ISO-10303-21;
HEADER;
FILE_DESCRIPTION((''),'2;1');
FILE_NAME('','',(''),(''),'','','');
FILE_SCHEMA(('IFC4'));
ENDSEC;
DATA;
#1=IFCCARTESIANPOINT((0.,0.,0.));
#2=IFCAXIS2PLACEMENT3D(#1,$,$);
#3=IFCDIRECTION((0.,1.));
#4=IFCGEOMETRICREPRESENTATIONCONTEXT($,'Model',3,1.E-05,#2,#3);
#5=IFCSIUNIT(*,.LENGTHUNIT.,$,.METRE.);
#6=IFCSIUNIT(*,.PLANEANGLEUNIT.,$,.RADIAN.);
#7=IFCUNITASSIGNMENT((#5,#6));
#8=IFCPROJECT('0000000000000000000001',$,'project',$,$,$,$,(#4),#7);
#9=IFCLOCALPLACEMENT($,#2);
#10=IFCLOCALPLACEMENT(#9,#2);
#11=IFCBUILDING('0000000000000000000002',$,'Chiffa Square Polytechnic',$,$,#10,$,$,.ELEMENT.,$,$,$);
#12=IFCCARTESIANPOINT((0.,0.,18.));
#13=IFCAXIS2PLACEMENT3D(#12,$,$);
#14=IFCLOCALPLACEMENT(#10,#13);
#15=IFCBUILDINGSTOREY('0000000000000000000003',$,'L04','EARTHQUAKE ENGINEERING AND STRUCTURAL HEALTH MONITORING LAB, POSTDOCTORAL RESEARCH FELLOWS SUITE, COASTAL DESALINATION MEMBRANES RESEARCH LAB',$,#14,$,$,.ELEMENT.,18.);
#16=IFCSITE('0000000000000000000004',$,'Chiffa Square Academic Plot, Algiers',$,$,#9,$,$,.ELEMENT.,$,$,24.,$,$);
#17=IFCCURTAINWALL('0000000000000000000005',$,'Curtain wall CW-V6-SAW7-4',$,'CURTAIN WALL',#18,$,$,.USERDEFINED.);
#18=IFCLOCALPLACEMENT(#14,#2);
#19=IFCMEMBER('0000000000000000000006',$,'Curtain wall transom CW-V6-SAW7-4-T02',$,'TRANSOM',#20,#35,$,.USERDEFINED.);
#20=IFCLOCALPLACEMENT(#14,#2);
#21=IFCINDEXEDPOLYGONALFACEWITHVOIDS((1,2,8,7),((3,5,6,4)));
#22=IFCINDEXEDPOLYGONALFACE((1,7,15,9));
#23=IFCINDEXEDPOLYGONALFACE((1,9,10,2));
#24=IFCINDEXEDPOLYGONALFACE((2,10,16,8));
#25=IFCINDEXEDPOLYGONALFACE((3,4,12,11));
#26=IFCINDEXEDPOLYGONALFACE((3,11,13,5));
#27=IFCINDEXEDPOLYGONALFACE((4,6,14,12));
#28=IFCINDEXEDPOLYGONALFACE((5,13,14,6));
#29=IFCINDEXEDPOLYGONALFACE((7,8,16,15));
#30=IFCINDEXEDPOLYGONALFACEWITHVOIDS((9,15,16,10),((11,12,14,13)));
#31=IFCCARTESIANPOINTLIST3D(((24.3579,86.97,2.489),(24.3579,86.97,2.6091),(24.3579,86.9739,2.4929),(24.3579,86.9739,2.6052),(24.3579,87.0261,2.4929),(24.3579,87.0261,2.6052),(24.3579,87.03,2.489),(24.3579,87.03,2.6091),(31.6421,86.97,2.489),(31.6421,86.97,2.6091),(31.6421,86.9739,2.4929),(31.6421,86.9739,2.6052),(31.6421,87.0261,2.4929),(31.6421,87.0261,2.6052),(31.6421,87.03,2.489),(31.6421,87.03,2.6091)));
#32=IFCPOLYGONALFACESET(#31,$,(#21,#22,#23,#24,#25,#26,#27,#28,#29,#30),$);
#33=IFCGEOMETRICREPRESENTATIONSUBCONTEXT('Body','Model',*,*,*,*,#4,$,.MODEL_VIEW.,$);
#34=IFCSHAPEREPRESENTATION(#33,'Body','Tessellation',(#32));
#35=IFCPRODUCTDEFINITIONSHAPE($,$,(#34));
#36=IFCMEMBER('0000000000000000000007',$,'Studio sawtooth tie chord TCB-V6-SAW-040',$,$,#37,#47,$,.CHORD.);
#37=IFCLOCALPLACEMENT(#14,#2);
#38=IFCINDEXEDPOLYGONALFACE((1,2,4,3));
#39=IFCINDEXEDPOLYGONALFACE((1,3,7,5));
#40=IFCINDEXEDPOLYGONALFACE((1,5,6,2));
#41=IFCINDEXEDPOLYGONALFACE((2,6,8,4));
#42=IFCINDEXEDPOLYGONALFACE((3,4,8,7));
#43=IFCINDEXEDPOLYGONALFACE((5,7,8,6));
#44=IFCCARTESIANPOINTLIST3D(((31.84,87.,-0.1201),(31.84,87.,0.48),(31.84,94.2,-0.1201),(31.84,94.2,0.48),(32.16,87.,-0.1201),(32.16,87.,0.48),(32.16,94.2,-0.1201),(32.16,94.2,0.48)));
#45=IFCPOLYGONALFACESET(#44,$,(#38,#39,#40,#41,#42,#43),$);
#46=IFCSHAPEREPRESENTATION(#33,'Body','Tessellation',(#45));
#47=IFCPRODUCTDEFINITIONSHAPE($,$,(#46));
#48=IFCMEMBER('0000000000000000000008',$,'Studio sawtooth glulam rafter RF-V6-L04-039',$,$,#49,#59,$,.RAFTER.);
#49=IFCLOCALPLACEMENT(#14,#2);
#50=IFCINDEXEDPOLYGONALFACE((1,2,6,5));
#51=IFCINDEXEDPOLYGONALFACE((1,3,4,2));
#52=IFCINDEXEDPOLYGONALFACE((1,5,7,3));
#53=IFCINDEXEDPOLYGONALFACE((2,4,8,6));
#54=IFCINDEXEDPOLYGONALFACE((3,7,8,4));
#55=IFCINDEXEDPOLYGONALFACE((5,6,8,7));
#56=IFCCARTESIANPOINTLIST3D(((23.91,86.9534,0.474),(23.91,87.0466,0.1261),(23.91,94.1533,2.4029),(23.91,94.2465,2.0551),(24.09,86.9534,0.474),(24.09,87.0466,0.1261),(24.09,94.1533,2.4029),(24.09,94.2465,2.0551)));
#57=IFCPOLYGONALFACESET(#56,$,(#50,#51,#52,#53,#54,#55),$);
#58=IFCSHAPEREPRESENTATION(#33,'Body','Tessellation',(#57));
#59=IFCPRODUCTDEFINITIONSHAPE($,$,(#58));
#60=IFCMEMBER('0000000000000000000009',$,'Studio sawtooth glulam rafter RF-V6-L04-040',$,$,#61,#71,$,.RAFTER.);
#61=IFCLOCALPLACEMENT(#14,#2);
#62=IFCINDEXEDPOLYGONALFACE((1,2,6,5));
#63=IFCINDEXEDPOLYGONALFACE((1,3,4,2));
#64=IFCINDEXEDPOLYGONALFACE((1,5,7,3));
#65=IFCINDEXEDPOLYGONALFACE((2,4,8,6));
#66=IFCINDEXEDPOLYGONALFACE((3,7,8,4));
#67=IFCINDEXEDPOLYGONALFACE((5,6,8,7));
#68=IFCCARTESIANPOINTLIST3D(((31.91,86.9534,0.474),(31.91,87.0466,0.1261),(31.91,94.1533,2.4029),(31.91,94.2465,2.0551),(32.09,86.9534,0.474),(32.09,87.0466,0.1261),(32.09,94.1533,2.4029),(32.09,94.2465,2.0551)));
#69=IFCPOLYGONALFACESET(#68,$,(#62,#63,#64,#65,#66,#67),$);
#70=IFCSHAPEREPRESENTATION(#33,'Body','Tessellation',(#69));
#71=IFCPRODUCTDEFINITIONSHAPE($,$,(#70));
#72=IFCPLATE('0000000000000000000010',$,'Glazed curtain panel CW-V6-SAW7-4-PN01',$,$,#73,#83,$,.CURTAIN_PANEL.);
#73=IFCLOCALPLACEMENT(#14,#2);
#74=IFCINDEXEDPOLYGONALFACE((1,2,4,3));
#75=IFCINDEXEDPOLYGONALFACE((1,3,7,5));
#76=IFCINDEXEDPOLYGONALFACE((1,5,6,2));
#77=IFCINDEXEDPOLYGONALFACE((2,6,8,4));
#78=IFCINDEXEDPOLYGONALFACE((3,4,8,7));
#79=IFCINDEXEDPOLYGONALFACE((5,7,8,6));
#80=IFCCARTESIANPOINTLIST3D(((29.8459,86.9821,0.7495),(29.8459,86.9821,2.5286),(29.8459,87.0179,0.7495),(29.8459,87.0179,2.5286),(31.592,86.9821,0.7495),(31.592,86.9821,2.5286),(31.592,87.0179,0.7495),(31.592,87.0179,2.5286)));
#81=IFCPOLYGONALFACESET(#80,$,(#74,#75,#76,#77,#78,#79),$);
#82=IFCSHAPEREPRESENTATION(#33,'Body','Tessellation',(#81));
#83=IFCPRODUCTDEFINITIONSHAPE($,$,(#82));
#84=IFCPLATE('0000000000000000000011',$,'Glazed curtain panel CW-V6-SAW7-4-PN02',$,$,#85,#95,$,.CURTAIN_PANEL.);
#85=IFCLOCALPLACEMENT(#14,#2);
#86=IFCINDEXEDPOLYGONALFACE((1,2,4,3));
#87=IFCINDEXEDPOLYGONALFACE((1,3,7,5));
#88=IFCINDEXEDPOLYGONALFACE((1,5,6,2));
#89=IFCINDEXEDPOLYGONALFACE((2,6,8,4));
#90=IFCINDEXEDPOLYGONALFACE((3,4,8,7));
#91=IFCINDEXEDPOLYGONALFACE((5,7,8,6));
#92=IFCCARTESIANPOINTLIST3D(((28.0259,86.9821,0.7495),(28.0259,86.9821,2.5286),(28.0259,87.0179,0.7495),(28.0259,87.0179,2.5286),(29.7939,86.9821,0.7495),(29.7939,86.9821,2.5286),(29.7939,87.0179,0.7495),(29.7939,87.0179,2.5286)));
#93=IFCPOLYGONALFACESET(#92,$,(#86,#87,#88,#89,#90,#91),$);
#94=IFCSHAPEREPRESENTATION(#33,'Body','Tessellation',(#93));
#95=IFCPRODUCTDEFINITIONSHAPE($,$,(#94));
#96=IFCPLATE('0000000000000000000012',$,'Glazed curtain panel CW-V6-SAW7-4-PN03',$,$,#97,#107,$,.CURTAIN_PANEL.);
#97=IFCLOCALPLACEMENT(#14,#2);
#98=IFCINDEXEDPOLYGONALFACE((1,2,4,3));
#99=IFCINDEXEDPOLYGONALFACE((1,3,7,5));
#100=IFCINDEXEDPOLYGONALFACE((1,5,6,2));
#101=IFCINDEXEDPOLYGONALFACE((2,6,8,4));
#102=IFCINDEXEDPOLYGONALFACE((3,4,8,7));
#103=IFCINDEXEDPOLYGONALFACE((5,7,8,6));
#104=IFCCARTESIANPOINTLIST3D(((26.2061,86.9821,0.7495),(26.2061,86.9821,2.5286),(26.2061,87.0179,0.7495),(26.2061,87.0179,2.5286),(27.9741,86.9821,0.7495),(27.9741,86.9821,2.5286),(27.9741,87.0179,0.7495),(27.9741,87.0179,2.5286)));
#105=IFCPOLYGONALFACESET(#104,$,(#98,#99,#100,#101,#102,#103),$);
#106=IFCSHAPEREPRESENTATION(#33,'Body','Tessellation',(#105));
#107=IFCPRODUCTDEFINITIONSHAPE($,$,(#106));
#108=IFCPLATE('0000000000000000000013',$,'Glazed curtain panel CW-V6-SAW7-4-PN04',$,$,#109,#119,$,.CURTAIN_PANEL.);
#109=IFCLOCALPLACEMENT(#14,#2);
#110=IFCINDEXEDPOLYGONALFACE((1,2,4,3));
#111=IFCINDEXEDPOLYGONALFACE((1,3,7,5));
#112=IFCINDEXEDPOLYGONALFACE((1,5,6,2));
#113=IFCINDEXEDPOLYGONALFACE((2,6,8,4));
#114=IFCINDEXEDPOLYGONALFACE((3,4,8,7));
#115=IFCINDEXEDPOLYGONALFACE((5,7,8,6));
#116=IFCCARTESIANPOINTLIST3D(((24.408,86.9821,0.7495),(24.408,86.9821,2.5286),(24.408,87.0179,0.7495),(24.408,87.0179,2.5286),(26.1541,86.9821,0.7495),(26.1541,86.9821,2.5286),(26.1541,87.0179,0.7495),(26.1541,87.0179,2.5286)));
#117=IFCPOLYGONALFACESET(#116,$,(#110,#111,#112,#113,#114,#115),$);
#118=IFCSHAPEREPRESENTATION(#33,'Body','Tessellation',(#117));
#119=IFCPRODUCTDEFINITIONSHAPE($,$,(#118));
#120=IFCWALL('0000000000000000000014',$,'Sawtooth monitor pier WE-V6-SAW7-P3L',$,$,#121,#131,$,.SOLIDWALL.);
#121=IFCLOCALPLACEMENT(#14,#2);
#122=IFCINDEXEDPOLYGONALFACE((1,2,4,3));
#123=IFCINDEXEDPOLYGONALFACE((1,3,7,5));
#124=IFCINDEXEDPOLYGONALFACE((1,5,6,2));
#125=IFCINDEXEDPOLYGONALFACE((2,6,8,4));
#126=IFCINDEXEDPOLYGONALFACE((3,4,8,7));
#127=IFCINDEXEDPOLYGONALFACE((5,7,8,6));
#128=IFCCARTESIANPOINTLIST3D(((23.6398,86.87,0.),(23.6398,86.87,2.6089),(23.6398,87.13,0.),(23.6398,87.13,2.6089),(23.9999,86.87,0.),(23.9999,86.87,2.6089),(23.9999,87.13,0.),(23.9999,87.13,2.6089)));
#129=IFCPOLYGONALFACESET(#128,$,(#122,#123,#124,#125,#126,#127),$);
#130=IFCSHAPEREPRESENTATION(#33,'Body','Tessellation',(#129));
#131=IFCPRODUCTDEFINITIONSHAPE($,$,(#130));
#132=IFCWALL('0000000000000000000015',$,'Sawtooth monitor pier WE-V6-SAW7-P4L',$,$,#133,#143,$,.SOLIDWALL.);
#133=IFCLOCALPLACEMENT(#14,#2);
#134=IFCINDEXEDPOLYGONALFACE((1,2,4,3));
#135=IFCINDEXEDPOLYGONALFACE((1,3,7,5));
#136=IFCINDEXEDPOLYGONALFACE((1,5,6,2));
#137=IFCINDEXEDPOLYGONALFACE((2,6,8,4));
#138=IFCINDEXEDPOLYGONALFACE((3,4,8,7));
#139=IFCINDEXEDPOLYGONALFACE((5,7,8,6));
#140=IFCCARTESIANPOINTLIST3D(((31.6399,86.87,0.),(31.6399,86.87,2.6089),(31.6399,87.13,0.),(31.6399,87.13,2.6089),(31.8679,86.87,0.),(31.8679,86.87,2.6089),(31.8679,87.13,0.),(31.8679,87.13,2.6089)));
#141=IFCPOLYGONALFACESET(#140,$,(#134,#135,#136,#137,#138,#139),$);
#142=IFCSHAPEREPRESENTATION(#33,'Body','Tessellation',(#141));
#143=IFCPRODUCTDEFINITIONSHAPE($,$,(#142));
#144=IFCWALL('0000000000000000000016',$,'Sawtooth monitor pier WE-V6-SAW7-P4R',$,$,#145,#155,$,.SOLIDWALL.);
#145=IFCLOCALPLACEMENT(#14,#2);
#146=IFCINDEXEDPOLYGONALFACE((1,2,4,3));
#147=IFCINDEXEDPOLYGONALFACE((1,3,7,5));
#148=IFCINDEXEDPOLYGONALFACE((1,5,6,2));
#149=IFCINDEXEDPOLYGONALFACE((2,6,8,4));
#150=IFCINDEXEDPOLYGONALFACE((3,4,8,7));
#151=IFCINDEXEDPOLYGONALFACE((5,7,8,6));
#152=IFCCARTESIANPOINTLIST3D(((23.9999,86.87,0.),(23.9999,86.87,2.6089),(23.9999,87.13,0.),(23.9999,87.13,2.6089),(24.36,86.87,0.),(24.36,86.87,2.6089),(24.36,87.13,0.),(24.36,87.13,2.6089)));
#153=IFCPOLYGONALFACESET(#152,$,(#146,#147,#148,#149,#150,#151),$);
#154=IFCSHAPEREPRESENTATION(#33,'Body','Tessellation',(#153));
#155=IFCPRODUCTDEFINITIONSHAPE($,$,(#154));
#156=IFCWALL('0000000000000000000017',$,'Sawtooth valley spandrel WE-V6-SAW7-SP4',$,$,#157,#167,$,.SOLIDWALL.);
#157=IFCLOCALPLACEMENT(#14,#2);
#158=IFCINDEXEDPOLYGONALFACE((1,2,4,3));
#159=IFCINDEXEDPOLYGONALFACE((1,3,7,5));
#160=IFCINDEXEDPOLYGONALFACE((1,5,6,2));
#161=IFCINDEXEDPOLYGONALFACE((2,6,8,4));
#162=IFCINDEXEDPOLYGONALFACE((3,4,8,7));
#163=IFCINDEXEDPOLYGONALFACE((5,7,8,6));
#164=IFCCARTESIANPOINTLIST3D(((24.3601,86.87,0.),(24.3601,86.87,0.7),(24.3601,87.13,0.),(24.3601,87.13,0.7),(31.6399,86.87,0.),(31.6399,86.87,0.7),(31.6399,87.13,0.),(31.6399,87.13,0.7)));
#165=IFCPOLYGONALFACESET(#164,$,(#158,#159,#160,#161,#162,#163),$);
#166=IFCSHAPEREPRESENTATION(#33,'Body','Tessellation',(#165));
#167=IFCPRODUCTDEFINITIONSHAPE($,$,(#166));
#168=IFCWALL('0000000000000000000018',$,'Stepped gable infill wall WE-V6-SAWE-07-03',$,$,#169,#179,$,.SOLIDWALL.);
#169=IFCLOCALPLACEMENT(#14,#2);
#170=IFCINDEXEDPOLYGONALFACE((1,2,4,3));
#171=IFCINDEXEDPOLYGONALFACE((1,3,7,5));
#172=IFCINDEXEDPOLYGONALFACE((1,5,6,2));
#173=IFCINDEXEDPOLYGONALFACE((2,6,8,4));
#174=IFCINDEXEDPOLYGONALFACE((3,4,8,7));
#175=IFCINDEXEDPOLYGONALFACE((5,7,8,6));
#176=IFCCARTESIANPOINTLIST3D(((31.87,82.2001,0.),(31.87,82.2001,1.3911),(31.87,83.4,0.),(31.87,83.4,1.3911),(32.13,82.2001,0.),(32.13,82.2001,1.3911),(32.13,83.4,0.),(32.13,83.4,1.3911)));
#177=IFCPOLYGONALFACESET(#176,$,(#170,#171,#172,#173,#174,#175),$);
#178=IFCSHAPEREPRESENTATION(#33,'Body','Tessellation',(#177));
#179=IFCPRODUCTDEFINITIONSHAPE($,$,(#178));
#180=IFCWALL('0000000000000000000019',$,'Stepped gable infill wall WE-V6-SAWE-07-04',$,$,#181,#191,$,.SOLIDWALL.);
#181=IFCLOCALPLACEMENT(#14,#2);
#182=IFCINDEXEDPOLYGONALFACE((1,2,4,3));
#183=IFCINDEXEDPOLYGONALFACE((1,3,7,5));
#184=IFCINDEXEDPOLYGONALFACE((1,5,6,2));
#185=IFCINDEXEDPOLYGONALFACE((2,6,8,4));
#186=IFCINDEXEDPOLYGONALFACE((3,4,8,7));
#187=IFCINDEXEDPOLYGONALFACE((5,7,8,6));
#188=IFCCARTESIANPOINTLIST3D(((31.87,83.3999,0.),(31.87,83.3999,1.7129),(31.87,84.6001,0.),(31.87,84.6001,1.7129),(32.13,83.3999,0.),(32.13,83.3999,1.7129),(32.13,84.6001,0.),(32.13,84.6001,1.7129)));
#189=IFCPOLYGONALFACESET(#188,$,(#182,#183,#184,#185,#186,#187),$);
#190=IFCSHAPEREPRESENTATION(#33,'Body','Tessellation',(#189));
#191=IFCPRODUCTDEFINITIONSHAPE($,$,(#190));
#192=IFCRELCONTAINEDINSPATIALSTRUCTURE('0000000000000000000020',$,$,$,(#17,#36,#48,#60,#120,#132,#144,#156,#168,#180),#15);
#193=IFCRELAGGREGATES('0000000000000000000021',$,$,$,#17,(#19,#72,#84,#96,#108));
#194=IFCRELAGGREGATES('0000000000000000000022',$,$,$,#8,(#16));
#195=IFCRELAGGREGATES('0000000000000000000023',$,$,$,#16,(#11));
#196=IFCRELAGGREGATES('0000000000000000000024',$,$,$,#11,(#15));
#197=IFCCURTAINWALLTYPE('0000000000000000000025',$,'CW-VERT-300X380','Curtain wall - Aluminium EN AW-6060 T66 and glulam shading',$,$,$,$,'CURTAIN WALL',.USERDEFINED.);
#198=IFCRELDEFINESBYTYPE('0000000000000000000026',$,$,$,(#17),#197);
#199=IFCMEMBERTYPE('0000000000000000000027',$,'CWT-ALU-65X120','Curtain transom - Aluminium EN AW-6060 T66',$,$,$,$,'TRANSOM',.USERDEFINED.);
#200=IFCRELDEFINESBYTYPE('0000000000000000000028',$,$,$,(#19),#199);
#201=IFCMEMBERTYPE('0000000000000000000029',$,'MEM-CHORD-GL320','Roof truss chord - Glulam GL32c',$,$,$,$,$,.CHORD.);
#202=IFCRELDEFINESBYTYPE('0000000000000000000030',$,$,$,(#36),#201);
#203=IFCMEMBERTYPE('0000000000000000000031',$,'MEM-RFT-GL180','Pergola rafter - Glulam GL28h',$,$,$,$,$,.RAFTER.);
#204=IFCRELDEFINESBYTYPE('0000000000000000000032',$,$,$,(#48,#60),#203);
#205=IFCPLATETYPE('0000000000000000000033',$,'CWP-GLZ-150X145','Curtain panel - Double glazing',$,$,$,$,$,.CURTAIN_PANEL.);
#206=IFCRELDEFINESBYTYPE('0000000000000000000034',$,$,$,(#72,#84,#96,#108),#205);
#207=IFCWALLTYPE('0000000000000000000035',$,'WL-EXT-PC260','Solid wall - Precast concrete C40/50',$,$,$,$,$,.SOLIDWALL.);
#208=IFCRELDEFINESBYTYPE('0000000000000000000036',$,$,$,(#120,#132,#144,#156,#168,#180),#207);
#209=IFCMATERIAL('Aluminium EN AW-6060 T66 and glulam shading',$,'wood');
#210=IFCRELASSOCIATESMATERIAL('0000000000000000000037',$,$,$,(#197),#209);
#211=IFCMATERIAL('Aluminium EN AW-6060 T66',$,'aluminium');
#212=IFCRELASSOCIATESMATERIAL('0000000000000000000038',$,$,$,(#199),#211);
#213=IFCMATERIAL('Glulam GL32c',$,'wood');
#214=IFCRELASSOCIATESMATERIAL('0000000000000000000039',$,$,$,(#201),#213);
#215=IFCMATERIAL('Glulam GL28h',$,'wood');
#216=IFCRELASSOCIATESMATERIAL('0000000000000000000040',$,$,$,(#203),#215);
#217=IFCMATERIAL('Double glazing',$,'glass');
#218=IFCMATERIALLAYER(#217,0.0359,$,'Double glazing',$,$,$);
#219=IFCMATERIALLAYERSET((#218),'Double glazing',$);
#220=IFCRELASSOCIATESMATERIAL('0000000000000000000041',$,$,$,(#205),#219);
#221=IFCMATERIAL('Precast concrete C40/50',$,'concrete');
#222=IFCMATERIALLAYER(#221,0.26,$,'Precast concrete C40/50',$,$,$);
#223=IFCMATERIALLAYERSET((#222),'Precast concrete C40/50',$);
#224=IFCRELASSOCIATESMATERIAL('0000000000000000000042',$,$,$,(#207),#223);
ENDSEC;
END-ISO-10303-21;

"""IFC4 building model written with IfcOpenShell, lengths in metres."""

from ifc_helpers import new_model, si_unit, direction, frame, frame_2d, origin, origin_2d, place, context, subcontext, project, spatial, rectangle, hollow_rectangle, extrude, material, layer, layer_set, material_profile, profile_set, type_object, element, aggregate, save


model = new_model("IFC4")

# Units and contexts
model_context = context("Model", 3, precision=1e-05, world=origin(), true_north=direction((0.0, 1.0)))
body_context = subcontext(model_context, "Body", "Model", "MODEL_VIEW")
ifc_project = project(units=[si_unit("LENGTHUNIT", "METRE"), si_unit("PLANEANGLEUNIT", "RADIAN")], contexts=[model_context])

# Site, building, storey
site_placement = place(None, origin())
site = spatial("IfcSite", under=ifc_project, at=site_placement, Name="Chiffa Square Academic Plot, Algiers", CompositionType="ELEMENT", RefElevation=24.0)
building_placement = place(site_placement, origin())
building = spatial("IfcBuilding", under=site, at=building_placement, Name="Chiffa Square Polytechnic", CompositionType="ELEMENT")
storey_placement = place(building_placement, frame((0.0, 0.0, 18.0)))
storey = spatial("IfcBuildingStorey", under=building, at=storey_placement, Name="L04", Description="EARTHQUAKE ENGINEERING AND STRUCTURAL HEALTH MONITORING LAB, POSTDOCTORAL RESEARCH FELLOWS SUITE, COASTAL DESALINATION MEMBRANES RESEARCH LAB", CompositionType="ELEMENT", Elevation=18.0)

# Shared definitions
ifc_material_1 = material(Name="Glulam GL32c", Category="wood")

# Curtain wall, member
ifc_material_2 = material(Name="Aluminium EN AW-6060 T66 and glulam shading", Category="wood")
curtain_wall_type = type_object("IfcCurtainWallType", Name="CW-VERT-300X380", Description="Curtain wall - Aluminium EN AW-6060 T66 and glulam shading", ElementType="CURTAIN WALL", PredefinedType="USERDEFINED", material=ifc_material_2)
curtain_wall_placement = place(storey_placement, origin())
curtain_wall = element("IfcCurtainWall", 1, at=curtain_wall_placement, inside=storey, type_object=curtain_wall_type, Name="Curtain wall CW-V6-SAW7-4", ObjectType="CURTAIN WALL", PredefinedType="USERDEFINED")
ifc_material_3 = material(Name="Aluminium EN AW-6060 T66", Category="aluminium")
ifc_material_4 = material(Name="Glulam GL28h", Category="wood")
ifc_material_profile_1 = material_profile(ifc_material_3, hollow_rectangle(XDim=0.0601, YDim=0.1201, WallThickness=0.0039, at=origin_2d()), Name="ALU 60x120x4")
ifc_profile_set_1 = profile_set([ifc_material_profile_1], Name="Aluminium EN AW-6060 T66")
member_type_1 = type_object("IfcMemberType", Name="CWT-ALU-65X120", Description="Curtain transom - Aluminium EN AW-6060 T66", ElementType="TRANSOM", PredefinedType="USERDEFINED", material=ifc_profile_set_1)
member_1_placement = place(storey_placement, frame((31.6421, 87.0, 2.5491), z_axis=(-1.0, 0.0, 0.0), x_axis=(0.0, -1.0, 0.0)))
member_1 = element("IfcMember", 2, at=member_1_placement, type_object=member_type_1, Name="Curtain wall transom CW-V6-SAW7-4-T02", ObjectType="TRANSOM", PredefinedType="USERDEFINED", context=body_context, shape_type="SweptSolid", body=[
    extrude(hollow_rectangle(XDim=0.0601, YDim=0.1201, WallThickness=0.0039, at=origin_2d()), origin(), (0.0, 0.0, 1.0), 7.2842),
])

# Members
ifc_material_profile_2 = material_profile(ifc_material_1, rectangle(XDim=0.3201, YDim=0.6001, at=origin_2d()), Name="GL32c 320x600")
ifc_profile_set_2 = profile_set([ifc_material_profile_2], Name="Glulam GL32c")
member_type_2 = type_object("IfcMemberType", Name="MEM-CHORD-GL320", Description="Roof truss chord - Glulam GL32c", PredefinedType="CHORD", material=ifc_profile_set_2)
member_2_placement = place(storey_placement, frame((32.0, 87.0, 0.1799), z_axis=(0.0, 1.0, 0.0), x_axis=(-1.0, 0.0, 0.0)))
element("IfcMember", 3, at=member_2_placement, inside=storey, type_object=member_type_2, Name="Studio sawtooth tie chord TCB-V6-SAW-040", PredefinedType="CHORD", context=body_context, shape_type="SweptSolid", body=[
    extrude(rectangle(XDim=0.3201, YDim=0.6001, at=origin_2d()), origin(), (0.0, 0.0, 1.0), 7.2),
])
ifc_material_profile_3 = material_profile(ifc_material_4, rectangle(XDim=0.1799, YDim=0.3601, at=origin_2d()), Name="GL28h 180x360")
ifc_profile_set_3 = profile_set([ifc_material_profile_3], Name="Glulam GL28h")
member_type_3 = type_object("IfcMemberType", Name="MEM-RFT-GL180", Description="Pergola rafter - Glulam GL28h", PredefinedType="RAFTER", material=ifc_profile_set_3)
for number, where, z_axis, x_axis, name in (
    (4, (24.0, 87.0, 0.3), (0.0, 0.965935, 0.258786), (-1.0, 0.0, 0.0), "Studio sawtooth glulam rafter RF-V6-L04-039"),
    (5, (32.0, 87.0, 0.3), (0.0, 0.965935, 0.258786), (-1.0, 0.0, 0.0), "Studio sawtooth glulam rafter RF-V6-L04-040"),
):
    element("IfcMember", number, at=place(storey_placement, frame(where, z_axis=z_axis, x_axis=x_axis)), inside=storey, type_object=member_type_3, Name=name, PredefinedType="RAFTER", context=body_context, shape_type="SweptSolid", body=[
        extrude(rectangle(XDim=0.1799, YDim=0.3601, at=origin_2d()), origin(), (0.0, 0.0, 1.0), 7.4539),
    ])

# Plates
ifc_material_5 = material(Name="Double glazing", Category="glass")
ifc_layer_1 = layer(ifc_material_5, 0.0359, Name="Double glazing")
ifc_layer_set_1 = layer_set([ifc_layer_1], Name="Double glazing")
plate_type = type_object("IfcPlateType", Name="CWP-GLZ-150X145", Description="Curtain panel - Double glazing", PredefinedType="CURTAIN_PANEL", material=ifc_layer_set_1)
plate_1_placement = place(storey_placement, frame((30.719, 87.0, 0.7495), z_axis=(0.0, 0.0, 1.0), x_axis=(-1.0, 0.0, 0.0)))
plate_1 = element("IfcPlate", 6, at=plate_1_placement, type_object=plate_type, Name="Glazed curtain panel CW-V6-SAW7-4-PN01", PredefinedType="CURTAIN_PANEL", context=body_context, shape_type="SweptSolid", body=[
    extrude(rectangle(XDim=1.7461, YDim=0.0359, at=origin_2d()), origin(), (0.0, 0.0, 1.0), 1.7791),
])
plate_2_placement = place(storey_placement, frame((28.9099, 87.0, 0.7495), z_axis=(0.0, 0.0, 1.0), x_axis=(-1.0, 0.0, 0.0)))
plate_2 = element("IfcPlate", 7, at=plate_2_placement, type_object=plate_type, Name="Glazed curtain panel CW-V6-SAW7-4-PN02", PredefinedType="CURTAIN_PANEL", context=body_context, shape_type="SweptSolid", body=[
    extrude(rectangle(XDim=1.7681, YDim=0.0359, at=origin_2d()), origin(), (0.0, 0.0, 1.0), 1.7791),
])
plate_3_placement = place(storey_placement, frame((27.0901, 87.0, 0.7495), z_axis=(0.0, 0.0, 1.0), x_axis=(-1.0, 0.0, 0.0)))
plate_3 = element("IfcPlate", 8, at=plate_3_placement, type_object=plate_type, Name="Glazed curtain panel CW-V6-SAW7-4-PN03", PredefinedType="CURTAIN_PANEL", context=body_context, shape_type="SweptSolid", body=[
    extrude(rectangle(XDim=1.7681, YDim=0.0359, at=origin_2d()), origin(), (0.0, 0.0, 1.0), 1.7791),
])
plate_4_placement = place(storey_placement, frame((25.281, 87.0, 0.7495), z_axis=(0.0, 0.0, 1.0), x_axis=(-1.0, 0.0, 0.0)))
plate_4 = element("IfcPlate", 9, at=plate_4_placement, type_object=plate_type, Name="Glazed curtain panel CW-V6-SAW7-4-PN04", PredefinedType="CURTAIN_PANEL", context=body_context, shape_type="SweptSolid", body=[
    extrude(rectangle(XDim=1.7461, YDim=0.0359, at=origin_2d()), origin(), (0.0, 0.0, 1.0), 1.7791),
])
aggregate(curtain_wall, [member_1, plate_1, plate_2, plate_3, plate_4])

# Walls
ifc_material_6 = material(Name="Precast concrete C40/50", Category="concrete")
ifc_layer_2 = layer(ifc_material_6, 0.26, Name="Precast concrete C40/50")
ifc_layer_set_2 = layer_set([ifc_layer_2], Name="Precast concrete C40/50")
wall_type = type_object("IfcWallType", Name="WL-EXT-PC260", Description="Solid wall - Precast concrete C40/50", PredefinedType="SOLIDWALL", material=ifc_layer_set_2)
wall_1_placement = place(storey_placement, frame((24.0, 87.0, 0.0), z_axis=(0.0, 0.0, 1.0), x_axis=(-1.0, 0.0, 0.0)))
element("IfcWall", 10, at=wall_1_placement, inside=storey, type_object=wall_type, Name="Sawtooth monitor pier WE-V6-SAW7-P3L", PredefinedType="SOLIDWALL", context=body_context, shape_type="SweptSolid", body=[
    extrude(rectangle(XDim=0.3601, YDim=0.26, at=frame_2d((0.1802, 0.0))), origin(), (0.0, 0.0, 1.0), 2.6089),
])
wall_2_placement = place(storey_placement, frame((31.8679, 87.0, 0.0), z_axis=(0.0, 0.0, 1.0), x_axis=(-1.0, 0.0, 0.0)))
element("IfcWall", 11, at=wall_2_placement, inside=storey, type_object=wall_type, Name="Sawtooth monitor pier WE-V6-SAW7-P4L", PredefinedType="SOLIDWALL", context=body_context, shape_type="SweptSolid", body=[
    extrude(rectangle(XDim=0.228, YDim=0.26, at=frame_2d((0.114, 0.0))), origin(), (0.0, 0.0, 1.0), 2.6089),
])
wall_3_placement = place(storey_placement, frame((24.3601, 87.0, 0.0), z_axis=(0.0, 0.0, 1.0), x_axis=(-1.0, 0.0, 0.0)))
element("IfcWall", 12, at=wall_3_placement, inside=storey, type_object=wall_type, Name="Sawtooth monitor pier WE-V6-SAW7-P4R", PredefinedType="SOLIDWALL", context=body_context, shape_type="SweptSolid", body=[
    extrude(rectangle(XDim=0.3601, YDim=0.26, at=frame_2d((0.1802, 0.0))), origin(), (0.0, 0.0, 1.0), 2.6089),
])
wall_4_placement = place(storey_placement, frame((24.3601, 87.0, 0.0), z_axis=(0.0, 0.0, 1.0), x_axis=(1.0, 0.0, 0.0)))
element("IfcWall", 13, at=wall_4_placement, inside=storey, type_object=wall_type, Name="Sawtooth valley spandrel WE-V6-SAW7-SP4", PredefinedType="SOLIDWALL", context=body_context, shape_type="SweptSolid", body=[
    extrude(rectangle(XDim=7.2798, YDim=0.26, at=frame_2d((3.6399, 0.0))), origin(), (0.0, 0.0, 1.0), 0.7),
])
wall_5_placement = place(storey_placement, frame((32.0, 82.2, 0.0), z_axis=(0.0, 0.0, 1.0), x_axis=(0.0, 1.0, 0.0)))
element("IfcWall", 14, at=wall_5_placement, inside=storey, type_object=wall_type, Name="Stepped gable infill wall WE-V6-SAWE-07-03", PredefinedType="SOLIDWALL", context=body_context, shape_type="SweptSolid", body=[
    extrude(rectangle(XDim=1.2, YDim=0.26, at=frame_2d((0.6001, 0.0))), origin(), (0.0, 0.0, 1.0), 1.3911),
])
wall_6_placement = place(storey_placement, frame((32.0, 83.3999, 0.0), z_axis=(0.0, 0.0, 1.0), x_axis=(0.0, 1.0, 0.0)))
element("IfcWall", 15, at=wall_6_placement, inside=storey, type_object=wall_type, Name="Stepped gable infill wall WE-V6-SAWE-07-04", PredefinedType="SOLIDWALL", context=body_context, shape_type="SweptSolid", body=[
    extrude(rectangle(XDim=1.2002, YDim=0.26, at=frame_2d((0.6001, 0.0))), origin(), (0.0, 0.0, 1.0), 1.7129),
])

save(model, "model.ifc")
